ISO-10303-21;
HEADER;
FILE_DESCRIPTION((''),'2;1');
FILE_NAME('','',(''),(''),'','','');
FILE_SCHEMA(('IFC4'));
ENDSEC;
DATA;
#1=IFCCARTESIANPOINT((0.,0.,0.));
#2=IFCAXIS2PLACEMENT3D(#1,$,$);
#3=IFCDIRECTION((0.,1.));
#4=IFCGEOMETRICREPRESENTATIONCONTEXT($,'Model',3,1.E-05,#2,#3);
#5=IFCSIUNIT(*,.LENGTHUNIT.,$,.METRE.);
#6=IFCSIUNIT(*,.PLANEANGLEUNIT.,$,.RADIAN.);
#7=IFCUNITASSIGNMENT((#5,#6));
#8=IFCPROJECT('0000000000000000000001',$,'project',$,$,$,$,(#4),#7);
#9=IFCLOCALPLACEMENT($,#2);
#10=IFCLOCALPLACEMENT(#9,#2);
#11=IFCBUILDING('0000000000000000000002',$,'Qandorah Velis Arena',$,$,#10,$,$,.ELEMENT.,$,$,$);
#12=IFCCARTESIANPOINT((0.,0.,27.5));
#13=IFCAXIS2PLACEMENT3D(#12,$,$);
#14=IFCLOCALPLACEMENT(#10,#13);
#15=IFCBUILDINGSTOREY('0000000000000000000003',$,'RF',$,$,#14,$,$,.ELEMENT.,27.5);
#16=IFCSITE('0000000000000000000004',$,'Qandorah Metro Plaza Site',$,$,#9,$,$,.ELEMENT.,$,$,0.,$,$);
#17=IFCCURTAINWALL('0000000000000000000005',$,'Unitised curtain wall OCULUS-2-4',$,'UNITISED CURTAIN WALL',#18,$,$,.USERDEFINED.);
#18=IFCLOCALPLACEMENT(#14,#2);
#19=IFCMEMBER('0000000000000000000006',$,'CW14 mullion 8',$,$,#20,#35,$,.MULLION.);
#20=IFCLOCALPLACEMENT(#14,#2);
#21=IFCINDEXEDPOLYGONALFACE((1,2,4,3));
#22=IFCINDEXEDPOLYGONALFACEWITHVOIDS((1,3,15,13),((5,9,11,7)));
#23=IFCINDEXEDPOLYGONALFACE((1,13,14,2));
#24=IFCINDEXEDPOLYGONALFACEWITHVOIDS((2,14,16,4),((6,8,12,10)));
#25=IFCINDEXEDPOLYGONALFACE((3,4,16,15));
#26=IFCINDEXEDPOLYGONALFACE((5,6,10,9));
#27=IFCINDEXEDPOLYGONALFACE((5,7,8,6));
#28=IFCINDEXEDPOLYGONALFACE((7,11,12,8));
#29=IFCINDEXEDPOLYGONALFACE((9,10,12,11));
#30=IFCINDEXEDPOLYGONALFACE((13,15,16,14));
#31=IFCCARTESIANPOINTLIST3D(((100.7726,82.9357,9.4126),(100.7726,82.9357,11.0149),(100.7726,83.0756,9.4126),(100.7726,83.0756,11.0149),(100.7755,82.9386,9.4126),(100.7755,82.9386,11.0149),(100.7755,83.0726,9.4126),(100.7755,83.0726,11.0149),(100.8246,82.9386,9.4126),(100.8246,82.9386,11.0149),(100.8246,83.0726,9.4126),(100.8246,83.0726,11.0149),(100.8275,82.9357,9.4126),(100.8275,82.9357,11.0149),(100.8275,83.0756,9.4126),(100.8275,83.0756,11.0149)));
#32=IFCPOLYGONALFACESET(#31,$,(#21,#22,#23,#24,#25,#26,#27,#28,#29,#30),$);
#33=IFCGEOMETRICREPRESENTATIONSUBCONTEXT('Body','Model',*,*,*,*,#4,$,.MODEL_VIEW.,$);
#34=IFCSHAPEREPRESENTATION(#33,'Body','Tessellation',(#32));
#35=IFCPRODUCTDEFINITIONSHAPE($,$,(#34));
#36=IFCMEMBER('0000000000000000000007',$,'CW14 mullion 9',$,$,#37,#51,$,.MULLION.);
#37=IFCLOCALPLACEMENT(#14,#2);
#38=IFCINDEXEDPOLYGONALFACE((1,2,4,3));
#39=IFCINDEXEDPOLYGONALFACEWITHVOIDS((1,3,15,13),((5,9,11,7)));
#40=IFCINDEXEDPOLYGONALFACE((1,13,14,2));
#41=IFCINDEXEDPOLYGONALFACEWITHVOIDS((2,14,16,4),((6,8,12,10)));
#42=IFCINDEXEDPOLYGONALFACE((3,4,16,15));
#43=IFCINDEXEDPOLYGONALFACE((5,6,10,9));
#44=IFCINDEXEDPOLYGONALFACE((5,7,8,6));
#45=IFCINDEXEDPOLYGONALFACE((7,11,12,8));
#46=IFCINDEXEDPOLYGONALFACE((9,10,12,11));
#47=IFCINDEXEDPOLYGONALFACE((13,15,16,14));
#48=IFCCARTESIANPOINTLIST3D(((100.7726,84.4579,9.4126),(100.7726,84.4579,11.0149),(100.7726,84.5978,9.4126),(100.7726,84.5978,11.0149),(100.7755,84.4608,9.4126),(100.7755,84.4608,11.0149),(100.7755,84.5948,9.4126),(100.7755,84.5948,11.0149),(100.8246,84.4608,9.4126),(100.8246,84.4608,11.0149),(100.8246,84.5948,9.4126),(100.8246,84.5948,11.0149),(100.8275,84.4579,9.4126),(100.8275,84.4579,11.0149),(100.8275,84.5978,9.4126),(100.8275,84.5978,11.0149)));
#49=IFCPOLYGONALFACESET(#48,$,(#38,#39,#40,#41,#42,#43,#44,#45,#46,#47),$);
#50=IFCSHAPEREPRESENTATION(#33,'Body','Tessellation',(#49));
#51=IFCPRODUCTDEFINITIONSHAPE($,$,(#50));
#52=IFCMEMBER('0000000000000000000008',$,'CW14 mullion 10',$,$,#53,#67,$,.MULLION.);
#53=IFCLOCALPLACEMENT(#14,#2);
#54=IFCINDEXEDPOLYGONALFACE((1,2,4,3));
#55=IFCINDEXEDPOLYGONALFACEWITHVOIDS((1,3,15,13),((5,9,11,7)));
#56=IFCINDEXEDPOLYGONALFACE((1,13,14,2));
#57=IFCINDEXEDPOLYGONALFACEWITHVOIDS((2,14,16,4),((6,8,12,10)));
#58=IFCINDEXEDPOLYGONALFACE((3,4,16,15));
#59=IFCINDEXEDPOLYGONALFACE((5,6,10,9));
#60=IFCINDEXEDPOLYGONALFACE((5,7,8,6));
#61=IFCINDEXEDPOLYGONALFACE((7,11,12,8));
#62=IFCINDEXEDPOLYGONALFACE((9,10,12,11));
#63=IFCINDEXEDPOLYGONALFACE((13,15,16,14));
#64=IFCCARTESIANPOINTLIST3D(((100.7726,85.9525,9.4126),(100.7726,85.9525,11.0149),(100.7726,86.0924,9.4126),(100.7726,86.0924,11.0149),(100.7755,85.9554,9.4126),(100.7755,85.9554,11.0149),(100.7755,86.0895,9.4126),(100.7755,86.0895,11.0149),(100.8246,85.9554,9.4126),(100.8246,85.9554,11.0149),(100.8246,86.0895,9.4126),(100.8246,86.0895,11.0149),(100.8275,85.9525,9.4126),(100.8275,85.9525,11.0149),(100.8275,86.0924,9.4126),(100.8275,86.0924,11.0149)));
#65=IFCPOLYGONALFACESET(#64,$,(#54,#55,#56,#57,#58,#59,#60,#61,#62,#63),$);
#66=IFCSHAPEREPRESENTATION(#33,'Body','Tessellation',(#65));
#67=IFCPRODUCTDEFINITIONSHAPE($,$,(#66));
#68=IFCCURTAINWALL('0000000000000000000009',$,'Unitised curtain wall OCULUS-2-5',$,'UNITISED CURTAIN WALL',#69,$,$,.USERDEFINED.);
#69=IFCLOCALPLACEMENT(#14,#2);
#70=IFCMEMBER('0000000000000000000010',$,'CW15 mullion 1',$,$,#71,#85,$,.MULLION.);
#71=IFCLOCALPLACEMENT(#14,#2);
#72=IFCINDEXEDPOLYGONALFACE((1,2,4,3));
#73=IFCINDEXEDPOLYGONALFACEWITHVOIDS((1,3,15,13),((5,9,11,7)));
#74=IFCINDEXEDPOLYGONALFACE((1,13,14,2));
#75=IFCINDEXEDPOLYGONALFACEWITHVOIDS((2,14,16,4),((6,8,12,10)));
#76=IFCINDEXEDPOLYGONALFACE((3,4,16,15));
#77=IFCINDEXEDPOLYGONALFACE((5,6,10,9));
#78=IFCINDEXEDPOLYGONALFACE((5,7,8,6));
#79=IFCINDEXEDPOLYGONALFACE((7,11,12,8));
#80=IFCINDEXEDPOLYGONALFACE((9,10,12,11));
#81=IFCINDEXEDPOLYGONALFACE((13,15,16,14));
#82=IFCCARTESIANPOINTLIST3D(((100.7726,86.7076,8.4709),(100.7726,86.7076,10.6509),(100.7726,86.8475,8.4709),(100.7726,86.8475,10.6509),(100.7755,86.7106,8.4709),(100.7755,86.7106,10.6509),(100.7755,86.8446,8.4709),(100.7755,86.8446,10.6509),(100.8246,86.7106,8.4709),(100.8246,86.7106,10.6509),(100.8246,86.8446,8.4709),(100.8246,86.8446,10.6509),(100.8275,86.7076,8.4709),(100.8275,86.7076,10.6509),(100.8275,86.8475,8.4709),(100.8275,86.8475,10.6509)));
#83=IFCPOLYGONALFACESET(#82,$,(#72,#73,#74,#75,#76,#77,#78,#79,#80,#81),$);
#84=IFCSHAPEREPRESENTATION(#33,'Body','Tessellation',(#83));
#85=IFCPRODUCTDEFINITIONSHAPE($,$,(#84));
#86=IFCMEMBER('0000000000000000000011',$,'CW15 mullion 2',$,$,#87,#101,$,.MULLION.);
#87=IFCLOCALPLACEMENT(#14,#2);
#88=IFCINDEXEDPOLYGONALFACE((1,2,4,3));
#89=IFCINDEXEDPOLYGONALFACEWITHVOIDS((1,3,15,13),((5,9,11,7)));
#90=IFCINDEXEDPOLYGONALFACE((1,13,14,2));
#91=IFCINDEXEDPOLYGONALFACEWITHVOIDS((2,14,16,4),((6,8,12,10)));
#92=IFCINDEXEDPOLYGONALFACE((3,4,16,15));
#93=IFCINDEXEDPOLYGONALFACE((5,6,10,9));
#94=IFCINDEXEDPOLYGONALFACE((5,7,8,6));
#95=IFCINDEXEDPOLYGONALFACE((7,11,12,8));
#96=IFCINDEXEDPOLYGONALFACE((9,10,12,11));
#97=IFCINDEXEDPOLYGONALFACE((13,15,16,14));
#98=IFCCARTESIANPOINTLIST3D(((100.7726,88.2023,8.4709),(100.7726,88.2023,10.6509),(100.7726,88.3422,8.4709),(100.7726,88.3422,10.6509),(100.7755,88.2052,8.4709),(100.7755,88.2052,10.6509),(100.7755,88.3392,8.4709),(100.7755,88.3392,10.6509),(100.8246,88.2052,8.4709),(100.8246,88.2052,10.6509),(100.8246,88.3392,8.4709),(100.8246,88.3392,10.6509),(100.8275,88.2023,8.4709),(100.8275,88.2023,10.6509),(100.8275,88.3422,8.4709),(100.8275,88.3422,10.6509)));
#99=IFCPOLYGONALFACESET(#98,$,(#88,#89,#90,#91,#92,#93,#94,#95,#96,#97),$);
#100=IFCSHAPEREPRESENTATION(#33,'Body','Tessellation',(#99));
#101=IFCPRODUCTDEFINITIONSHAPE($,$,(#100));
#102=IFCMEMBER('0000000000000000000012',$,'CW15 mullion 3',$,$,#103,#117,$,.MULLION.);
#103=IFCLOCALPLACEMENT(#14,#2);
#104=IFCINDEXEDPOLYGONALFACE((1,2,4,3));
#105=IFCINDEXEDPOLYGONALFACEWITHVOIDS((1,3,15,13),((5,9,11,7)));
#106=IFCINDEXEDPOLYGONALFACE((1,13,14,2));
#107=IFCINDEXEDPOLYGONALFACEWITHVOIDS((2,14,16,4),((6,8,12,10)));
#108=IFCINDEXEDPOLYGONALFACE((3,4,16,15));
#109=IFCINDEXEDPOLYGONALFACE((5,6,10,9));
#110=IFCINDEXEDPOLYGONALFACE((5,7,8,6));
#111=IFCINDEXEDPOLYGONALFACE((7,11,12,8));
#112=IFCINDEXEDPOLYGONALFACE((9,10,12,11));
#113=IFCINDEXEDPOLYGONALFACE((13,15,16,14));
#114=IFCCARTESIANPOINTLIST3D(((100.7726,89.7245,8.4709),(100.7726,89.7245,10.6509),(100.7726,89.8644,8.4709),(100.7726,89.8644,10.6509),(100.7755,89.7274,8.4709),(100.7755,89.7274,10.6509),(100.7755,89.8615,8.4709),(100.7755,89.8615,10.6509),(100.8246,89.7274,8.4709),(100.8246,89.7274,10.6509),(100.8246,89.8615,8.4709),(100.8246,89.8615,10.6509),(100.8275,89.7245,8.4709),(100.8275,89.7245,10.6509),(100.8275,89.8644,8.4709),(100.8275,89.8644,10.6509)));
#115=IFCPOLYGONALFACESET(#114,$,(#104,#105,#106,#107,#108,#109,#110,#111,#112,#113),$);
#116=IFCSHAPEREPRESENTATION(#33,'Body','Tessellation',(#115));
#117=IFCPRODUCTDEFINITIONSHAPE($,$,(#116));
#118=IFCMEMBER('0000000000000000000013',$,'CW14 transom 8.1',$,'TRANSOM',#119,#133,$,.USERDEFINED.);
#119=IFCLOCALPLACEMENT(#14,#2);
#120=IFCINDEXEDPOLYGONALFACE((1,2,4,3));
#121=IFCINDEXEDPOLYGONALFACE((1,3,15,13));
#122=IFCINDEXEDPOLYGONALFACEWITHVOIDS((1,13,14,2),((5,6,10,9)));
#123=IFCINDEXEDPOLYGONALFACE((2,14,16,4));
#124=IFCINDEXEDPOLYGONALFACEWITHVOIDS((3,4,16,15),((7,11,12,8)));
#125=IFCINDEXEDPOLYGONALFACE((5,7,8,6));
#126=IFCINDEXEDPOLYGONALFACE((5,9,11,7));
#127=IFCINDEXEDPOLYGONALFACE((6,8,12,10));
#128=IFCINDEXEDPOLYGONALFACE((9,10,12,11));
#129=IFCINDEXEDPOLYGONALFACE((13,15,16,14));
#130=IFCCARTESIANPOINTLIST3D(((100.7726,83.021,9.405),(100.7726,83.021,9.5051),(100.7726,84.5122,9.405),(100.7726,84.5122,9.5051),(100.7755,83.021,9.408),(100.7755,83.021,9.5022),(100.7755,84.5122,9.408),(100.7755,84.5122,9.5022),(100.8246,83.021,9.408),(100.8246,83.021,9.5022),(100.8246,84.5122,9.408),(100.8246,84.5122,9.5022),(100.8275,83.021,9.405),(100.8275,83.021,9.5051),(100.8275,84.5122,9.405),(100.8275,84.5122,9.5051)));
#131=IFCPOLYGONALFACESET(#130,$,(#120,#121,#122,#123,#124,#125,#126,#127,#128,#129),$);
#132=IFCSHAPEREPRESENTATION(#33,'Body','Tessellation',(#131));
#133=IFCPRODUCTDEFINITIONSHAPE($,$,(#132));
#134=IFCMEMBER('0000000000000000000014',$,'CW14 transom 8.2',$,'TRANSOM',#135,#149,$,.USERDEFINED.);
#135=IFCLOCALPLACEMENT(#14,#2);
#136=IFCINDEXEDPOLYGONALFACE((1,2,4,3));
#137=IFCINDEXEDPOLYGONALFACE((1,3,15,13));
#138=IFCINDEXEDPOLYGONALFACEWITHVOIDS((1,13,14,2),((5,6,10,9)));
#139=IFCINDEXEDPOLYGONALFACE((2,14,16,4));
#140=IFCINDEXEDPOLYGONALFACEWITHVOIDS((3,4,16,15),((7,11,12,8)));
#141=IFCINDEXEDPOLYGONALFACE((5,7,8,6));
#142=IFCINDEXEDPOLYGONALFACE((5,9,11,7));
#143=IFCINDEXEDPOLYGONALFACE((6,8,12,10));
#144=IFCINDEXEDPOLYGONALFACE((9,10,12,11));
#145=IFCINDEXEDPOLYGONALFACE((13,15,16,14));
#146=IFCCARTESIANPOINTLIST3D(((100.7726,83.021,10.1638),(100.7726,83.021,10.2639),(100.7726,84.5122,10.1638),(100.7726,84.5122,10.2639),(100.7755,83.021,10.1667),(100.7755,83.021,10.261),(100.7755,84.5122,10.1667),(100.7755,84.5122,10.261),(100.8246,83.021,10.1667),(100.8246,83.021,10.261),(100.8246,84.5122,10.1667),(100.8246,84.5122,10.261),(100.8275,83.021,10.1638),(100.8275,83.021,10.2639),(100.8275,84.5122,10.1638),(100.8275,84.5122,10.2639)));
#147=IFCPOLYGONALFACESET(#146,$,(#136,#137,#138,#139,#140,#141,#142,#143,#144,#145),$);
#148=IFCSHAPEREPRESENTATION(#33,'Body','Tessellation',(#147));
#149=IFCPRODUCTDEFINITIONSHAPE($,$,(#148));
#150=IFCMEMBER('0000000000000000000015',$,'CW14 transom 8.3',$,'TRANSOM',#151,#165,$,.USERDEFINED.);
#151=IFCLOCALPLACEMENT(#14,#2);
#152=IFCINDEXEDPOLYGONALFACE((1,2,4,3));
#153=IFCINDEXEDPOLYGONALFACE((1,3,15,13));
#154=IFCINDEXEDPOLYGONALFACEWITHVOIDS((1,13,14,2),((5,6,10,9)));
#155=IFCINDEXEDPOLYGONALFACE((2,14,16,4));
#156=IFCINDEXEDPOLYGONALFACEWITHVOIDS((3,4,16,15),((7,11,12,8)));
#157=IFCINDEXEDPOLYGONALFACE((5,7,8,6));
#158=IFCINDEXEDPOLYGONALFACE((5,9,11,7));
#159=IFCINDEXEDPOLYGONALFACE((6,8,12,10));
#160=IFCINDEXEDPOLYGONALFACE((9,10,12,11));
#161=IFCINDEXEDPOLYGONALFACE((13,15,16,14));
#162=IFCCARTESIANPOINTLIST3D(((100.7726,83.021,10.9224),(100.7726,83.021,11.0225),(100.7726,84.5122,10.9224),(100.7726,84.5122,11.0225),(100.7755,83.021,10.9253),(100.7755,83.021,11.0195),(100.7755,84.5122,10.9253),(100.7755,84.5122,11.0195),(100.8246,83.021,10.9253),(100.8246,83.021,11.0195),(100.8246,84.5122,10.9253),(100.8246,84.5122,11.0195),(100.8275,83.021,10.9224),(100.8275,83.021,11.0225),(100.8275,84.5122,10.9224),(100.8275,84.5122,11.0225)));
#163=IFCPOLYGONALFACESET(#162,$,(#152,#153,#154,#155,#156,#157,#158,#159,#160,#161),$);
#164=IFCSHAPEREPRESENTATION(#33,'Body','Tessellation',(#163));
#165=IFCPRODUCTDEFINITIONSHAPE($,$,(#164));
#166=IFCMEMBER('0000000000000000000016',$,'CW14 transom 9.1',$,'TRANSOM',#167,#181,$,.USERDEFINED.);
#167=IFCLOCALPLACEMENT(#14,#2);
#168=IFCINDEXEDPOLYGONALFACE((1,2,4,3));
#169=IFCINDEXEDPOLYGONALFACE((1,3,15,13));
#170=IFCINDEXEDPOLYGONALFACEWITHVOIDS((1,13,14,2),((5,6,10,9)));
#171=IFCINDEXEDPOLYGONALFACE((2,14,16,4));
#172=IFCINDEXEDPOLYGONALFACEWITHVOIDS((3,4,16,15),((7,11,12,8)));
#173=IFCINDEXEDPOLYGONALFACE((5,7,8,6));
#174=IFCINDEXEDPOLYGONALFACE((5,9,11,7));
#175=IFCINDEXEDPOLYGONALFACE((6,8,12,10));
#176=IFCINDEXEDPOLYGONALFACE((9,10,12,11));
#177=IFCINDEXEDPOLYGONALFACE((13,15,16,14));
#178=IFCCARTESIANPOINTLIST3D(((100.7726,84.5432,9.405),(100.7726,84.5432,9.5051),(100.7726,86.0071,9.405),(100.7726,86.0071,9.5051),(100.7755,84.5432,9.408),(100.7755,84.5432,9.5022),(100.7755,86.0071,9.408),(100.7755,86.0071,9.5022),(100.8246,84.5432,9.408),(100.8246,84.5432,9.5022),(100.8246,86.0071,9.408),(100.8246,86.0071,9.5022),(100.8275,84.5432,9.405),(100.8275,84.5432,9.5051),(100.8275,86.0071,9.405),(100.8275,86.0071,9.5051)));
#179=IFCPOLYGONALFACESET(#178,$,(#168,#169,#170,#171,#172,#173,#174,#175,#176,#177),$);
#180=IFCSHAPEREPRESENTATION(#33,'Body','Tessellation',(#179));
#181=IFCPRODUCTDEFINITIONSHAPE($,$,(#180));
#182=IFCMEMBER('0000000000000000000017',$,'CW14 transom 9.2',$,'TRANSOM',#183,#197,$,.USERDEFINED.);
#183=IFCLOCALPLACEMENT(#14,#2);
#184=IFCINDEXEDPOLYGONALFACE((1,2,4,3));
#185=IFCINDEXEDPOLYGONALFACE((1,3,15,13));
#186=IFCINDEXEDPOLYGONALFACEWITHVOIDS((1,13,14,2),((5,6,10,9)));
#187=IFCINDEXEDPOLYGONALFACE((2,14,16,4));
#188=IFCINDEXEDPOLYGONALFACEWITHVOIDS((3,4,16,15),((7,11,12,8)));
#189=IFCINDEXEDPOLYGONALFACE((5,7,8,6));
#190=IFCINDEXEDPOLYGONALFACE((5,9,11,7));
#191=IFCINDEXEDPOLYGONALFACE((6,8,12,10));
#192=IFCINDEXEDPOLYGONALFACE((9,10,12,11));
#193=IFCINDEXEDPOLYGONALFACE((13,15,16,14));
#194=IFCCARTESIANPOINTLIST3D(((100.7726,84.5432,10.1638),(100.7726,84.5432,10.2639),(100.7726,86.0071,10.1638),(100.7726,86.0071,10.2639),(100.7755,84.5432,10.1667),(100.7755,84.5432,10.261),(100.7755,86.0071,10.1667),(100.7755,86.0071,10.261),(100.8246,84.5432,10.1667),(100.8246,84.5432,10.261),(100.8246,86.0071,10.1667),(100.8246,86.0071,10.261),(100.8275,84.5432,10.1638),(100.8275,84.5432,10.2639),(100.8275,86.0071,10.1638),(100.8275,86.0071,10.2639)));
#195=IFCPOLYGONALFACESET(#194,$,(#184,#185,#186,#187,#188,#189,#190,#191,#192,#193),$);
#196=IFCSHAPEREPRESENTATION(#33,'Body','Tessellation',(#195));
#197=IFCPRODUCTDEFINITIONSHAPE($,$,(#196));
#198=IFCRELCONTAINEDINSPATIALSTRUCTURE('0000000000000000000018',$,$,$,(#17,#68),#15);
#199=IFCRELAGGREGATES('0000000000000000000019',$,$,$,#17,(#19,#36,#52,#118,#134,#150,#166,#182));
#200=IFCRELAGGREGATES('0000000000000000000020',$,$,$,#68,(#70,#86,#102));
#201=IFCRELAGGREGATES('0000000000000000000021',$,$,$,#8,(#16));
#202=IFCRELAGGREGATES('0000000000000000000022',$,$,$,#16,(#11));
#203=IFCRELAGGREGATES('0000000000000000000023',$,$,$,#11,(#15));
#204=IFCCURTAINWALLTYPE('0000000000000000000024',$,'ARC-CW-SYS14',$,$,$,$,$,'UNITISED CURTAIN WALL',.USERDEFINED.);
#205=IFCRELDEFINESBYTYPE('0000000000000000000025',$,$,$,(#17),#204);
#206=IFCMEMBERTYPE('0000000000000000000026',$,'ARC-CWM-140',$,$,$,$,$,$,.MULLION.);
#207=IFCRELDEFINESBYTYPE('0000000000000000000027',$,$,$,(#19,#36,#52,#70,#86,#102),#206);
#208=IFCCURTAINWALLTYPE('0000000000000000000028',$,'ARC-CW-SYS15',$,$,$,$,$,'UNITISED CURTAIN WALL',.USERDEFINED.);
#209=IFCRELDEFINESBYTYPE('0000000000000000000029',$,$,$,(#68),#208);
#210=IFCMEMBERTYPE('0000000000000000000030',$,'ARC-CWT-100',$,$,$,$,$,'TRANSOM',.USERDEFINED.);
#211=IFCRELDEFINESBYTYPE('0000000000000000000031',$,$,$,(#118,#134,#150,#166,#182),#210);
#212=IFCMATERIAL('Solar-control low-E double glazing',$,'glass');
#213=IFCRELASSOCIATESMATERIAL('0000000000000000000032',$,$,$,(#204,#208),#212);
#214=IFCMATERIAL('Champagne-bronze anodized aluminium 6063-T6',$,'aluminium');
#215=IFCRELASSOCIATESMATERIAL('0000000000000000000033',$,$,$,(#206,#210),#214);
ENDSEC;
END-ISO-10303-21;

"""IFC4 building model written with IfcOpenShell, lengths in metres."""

from ifc_helpers import new_model, si_unit, direction, frame, origin, origin_2d, place, context, subcontext, project, spatial, hollow_rectangle, extrude, material, material_profile, profile_set, type_object, element, aggregate, save


model = new_model("IFC4")

# Units and contexts
model_context = context("Model", 3, precision=1e-05, world=origin(), true_north=direction((0.0, 1.0)))
body_context = subcontext(model_context, "Body", "Model", "MODEL_VIEW")
ifc_project = project(units=[si_unit("LENGTHUNIT", "METRE"), si_unit("PLANEANGLEUNIT", "RADIAN")], contexts=[model_context])

# Site, building, storey
site_placement = place(None, origin())
site = spatial("IfcSite", under=ifc_project, at=site_placement, Name="Qandorah Metro Plaza Site", CompositionType="ELEMENT", RefElevation=0.0)
building_placement = place(site_placement, origin())
building = spatial("IfcBuilding", under=site, at=building_placement, Name="Qandorah Velis Arena", CompositionType="ELEMENT")
storey_placement = place(building_placement, frame((0.0, 0.0, 27.5)))
storey = spatial("IfcBuildingStorey", under=building, at=storey_placement, Name="RF", CompositionType="ELEMENT", Elevation=27.5)

# Curtain walls, members
ifc_material_1 = material(Name="Solar-control low-E double glazing", Category="glass")
curtain_wall_type_1 = type_object("IfcCurtainWallType", Name="ARC-CW-SYS14", ElementType="UNITISED CURTAIN WALL", PredefinedType="USERDEFINED", material=ifc_material_1)
curtain_wall_1_placement = place(storey_placement, origin())
curtain_wall_1 = element("IfcCurtainWall", 1, at=curtain_wall_1_placement, inside=storey, type_object=curtain_wall_type_1, Name="Unitised curtain wall OCULUS-2-4", ObjectType="UNITISED CURTAIN WALL", PredefinedType="USERDEFINED")
ifc_material_2 = material(Name="Champagne-bronze anodized aluminium 6063-T6", Category="aluminium")
ifc_material_profile_1 = material_profile(ifc_material_2, hollow_rectangle(XDim=0.0549, YDim=0.1399, WallThickness=0.0029, at=origin_2d()), Name="ALU MULLION 55x140")
ifc_profile_set_1 = profile_set([ifc_material_profile_1], Name="Champagne-bronze anodized aluminium 6063-T6")
member_type_1 = type_object("IfcMemberType", Name="ARC-CWM-140", PredefinedType="MULLION", material=ifc_profile_set_1)
member_1_placement = place(storey_placement, frame((100.8, 83.0056, 9.4126), z_axis=(0.0, 0.0, 1.0), x_axis=(-1.0, 0.0, 0.0)))
member_1 = element("IfcMember", 2, at=member_1_placement, type_object=member_type_1, Name="CW14 mullion 8", PredefinedType="MULLION", context=body_context, shape_type="SweptSolid", body=[
    extrude(hollow_rectangle(XDim=0.0549, YDim=0.1399, WallThickness=0.0029, at=origin_2d()), origin(), (0.0, 0.0, 1.0), 1.6023),
])
member_2_placement = place(storey_placement, frame((100.8, 84.5278, 9.4126), z_axis=(0.0, 0.0, 1.0), x_axis=(-1.0, 0.0, 0.0)))
member_2 = element("IfcMember", 3, at=member_2_placement, type_object=member_type_1, Name="CW14 mullion 9", PredefinedType="MULLION", context=body_context, shape_type="SweptSolid", body=[
    extrude(hollow_rectangle(XDim=0.0549, YDim=0.1399, WallThickness=0.0029, at=origin_2d()), origin(), (0.0, 0.0, 1.0), 1.6023),
])
member_3_placement = place(storey_placement, frame((100.8, 86.0225, 9.4126), z_axis=(0.0, 0.0, 1.0), x_axis=(-1.0, 0.0, 0.0)))
member_3 = element("IfcMember", 4, at=member_3_placement, type_object=member_type_1, Name="CW14 mullion 10", PredefinedType="MULLION", context=body_context, shape_type="SweptSolid", body=[
    extrude(hollow_rectangle(XDim=0.0549, YDim=0.1399, WallThickness=0.0029, at=origin_2d()), origin(), (0.0, 0.0, 1.0), 1.6023),
])
curtain_wall_type_2 = type_object("IfcCurtainWallType", Name="ARC-CW-SYS15", ElementType="UNITISED CURTAIN WALL", PredefinedType="USERDEFINED", material=ifc_material_1)
curtain_wall_2_placement = place(storey_placement, origin())
curtain_wall_2 = element("IfcCurtainWall", 5, at=curtain_wall_2_placement, inside=storey, type_object=curtain_wall_type_2, Name="Unitised curtain wall OCULUS-2-5", ObjectType="UNITISED CURTAIN WALL", PredefinedType="USERDEFINED")
member_4_placement = place(storey_placement, frame((100.8, 86.7776, 8.4709), z_axis=(0.0, 0.0, 1.0), x_axis=(-1.0, 0.0, 0.0)))
member_4 = element("IfcMember", 6, at=member_4_placement, type_object=member_type_1, Name="CW15 mullion 1", PredefinedType="MULLION", context=body_context, shape_type="SweptSolid", body=[
    extrude(hollow_rectangle(XDim=0.0549, YDim=0.1399, WallThickness=0.0029, at=origin_2d()), origin(), (0.0, 0.0, 1.0), 2.1799),
])
member_5_placement = place(storey_placement, frame((100.8, 88.2722, 8.4709), z_axis=(0.0, 0.0, 1.0), x_axis=(-1.0, 0.0, 0.0)))
member_5 = element("IfcMember", 7, at=member_5_placement, type_object=member_type_1, Name="CW15 mullion 2", PredefinedType="MULLION", context=body_context, shape_type="SweptSolid", body=[
    extrude(hollow_rectangle(XDim=0.0549, YDim=0.1399, WallThickness=0.0029, at=origin_2d()), origin(), (0.0, 0.0, 1.0), 2.1799),
])
member_6_placement = place(storey_placement, frame((100.8, 89.7944, 8.4709), z_axis=(0.0, 0.0, 1.0), x_axis=(-1.0, 0.0, 0.0)))
member_6 = element("IfcMember", 8, at=member_6_placement, type_object=member_type_1, Name="CW15 mullion 3", PredefinedType="MULLION", context=body_context, shape_type="SweptSolid", body=[
    extrude(hollow_rectangle(XDim=0.0549, YDim=0.1399, WallThickness=0.0029, at=origin_2d()), origin(), (0.0, 0.0, 1.0), 2.1799),
])

# Members
ifc_material_profile_2 = material_profile(ifc_material_2, hollow_rectangle(XDim=0.0549, YDim=0.1001, WallThickness=0.0029, at=origin_2d()), Name="ALU TRANSOM 55x100")
ifc_profile_set_2 = profile_set([ifc_material_profile_2], Name="Champagne-bronze anodized aluminium 6063-T6")
member_type_2 = type_object("IfcMemberType", Name="ARC-CWT-100", ElementType="TRANSOM", PredefinedType="USERDEFINED", material=ifc_profile_set_2)
member_7_placement = place(storey_placement, frame((100.8, 83.021, 9.4551), z_axis=(0.0, 1.0, 0.0), x_axis=(-1.0, 0.0, 0.0)))
member_7 = element("IfcMember", 9, at=member_7_placement, type_object=member_type_2, Name="CW14 transom 8.1", ObjectType="TRANSOM", PredefinedType="USERDEFINED", context=body_context, shape_type="SweptSolid", body=[
    extrude(hollow_rectangle(XDim=0.0549, YDim=0.1001, WallThickness=0.0029, at=origin_2d()), origin(), (0.0, 0.0, 1.0), 1.4912),
])
member_8_placement = place(storey_placement, frame((100.8, 83.021, 10.2139), z_axis=(0.0, 1.0, 0.0), x_axis=(-1.0, 0.0, 0.0)))
member_8 = element("IfcMember", 10, at=member_8_placement, type_object=member_type_2, Name="CW14 transom 8.2", ObjectType="TRANSOM", PredefinedType="USERDEFINED", context=body_context, shape_type="SweptSolid", body=[
    extrude(hollow_rectangle(XDim=0.0549, YDim=0.1001, WallThickness=0.0029, at=origin_2d()), origin(), (0.0, 0.0, 1.0), 1.4912),
])
member_9_placement = place(storey_placement, frame((100.8, 83.021, 10.9724), z_axis=(0.0, 1.0, 0.0), x_axis=(-1.0, 0.0, 0.0)))
member_9 = element("IfcMember", 11, at=member_9_placement, type_object=member_type_2, Name="CW14 transom 8.3", ObjectType="TRANSOM", PredefinedType="USERDEFINED", context=body_context, shape_type="SweptSolid", body=[
    extrude(hollow_rectangle(XDim=0.0549, YDim=0.1001, WallThickness=0.0029, at=origin_2d()), origin(), (0.0, 0.0, 1.0), 1.4912),
])
member_10_placement = place(storey_placement, frame((100.8, 84.5432, 9.4551), z_axis=(0.0, 1.0, 0.0), x_axis=(-1.0, 0.0, 0.0)))
member_10 = element("IfcMember", 12, at=member_10_placement, type_object=member_type_2, Name="CW14 transom 9.1", ObjectType="TRANSOM", PredefinedType="USERDEFINED", context=body_context, shape_type="SweptSolid", body=[
    extrude(hollow_rectangle(XDim=0.0549, YDim=0.1001, WallThickness=0.0029, at=origin_2d()), origin(), (0.0, 0.0, 1.0), 1.4639),
])
member_11_placement = place(storey_placement, frame((100.8, 84.5432, 10.2139), z_axis=(0.0, 1.0, 0.0), x_axis=(-1.0, 0.0, 0.0)))
member_11 = element("IfcMember", 13, at=member_11_placement, type_object=member_type_2, Name="CW14 transom 9.2", ObjectType="TRANSOM", PredefinedType="USERDEFINED", context=body_context, shape_type="SweptSolid", body=[
    extrude(hollow_rectangle(XDim=0.0549, YDim=0.1001, WallThickness=0.0029, at=origin_2d()), origin(), (0.0, 0.0, 1.0), 1.4639),
])

aggregate(curtain_wall_1, [member_1, member_2, member_3, member_7, member_8, member_9, member_10, member_11])
aggregate(curtain_wall_2, [member_4, member_5, member_6])

save(model, "model.ifc")
